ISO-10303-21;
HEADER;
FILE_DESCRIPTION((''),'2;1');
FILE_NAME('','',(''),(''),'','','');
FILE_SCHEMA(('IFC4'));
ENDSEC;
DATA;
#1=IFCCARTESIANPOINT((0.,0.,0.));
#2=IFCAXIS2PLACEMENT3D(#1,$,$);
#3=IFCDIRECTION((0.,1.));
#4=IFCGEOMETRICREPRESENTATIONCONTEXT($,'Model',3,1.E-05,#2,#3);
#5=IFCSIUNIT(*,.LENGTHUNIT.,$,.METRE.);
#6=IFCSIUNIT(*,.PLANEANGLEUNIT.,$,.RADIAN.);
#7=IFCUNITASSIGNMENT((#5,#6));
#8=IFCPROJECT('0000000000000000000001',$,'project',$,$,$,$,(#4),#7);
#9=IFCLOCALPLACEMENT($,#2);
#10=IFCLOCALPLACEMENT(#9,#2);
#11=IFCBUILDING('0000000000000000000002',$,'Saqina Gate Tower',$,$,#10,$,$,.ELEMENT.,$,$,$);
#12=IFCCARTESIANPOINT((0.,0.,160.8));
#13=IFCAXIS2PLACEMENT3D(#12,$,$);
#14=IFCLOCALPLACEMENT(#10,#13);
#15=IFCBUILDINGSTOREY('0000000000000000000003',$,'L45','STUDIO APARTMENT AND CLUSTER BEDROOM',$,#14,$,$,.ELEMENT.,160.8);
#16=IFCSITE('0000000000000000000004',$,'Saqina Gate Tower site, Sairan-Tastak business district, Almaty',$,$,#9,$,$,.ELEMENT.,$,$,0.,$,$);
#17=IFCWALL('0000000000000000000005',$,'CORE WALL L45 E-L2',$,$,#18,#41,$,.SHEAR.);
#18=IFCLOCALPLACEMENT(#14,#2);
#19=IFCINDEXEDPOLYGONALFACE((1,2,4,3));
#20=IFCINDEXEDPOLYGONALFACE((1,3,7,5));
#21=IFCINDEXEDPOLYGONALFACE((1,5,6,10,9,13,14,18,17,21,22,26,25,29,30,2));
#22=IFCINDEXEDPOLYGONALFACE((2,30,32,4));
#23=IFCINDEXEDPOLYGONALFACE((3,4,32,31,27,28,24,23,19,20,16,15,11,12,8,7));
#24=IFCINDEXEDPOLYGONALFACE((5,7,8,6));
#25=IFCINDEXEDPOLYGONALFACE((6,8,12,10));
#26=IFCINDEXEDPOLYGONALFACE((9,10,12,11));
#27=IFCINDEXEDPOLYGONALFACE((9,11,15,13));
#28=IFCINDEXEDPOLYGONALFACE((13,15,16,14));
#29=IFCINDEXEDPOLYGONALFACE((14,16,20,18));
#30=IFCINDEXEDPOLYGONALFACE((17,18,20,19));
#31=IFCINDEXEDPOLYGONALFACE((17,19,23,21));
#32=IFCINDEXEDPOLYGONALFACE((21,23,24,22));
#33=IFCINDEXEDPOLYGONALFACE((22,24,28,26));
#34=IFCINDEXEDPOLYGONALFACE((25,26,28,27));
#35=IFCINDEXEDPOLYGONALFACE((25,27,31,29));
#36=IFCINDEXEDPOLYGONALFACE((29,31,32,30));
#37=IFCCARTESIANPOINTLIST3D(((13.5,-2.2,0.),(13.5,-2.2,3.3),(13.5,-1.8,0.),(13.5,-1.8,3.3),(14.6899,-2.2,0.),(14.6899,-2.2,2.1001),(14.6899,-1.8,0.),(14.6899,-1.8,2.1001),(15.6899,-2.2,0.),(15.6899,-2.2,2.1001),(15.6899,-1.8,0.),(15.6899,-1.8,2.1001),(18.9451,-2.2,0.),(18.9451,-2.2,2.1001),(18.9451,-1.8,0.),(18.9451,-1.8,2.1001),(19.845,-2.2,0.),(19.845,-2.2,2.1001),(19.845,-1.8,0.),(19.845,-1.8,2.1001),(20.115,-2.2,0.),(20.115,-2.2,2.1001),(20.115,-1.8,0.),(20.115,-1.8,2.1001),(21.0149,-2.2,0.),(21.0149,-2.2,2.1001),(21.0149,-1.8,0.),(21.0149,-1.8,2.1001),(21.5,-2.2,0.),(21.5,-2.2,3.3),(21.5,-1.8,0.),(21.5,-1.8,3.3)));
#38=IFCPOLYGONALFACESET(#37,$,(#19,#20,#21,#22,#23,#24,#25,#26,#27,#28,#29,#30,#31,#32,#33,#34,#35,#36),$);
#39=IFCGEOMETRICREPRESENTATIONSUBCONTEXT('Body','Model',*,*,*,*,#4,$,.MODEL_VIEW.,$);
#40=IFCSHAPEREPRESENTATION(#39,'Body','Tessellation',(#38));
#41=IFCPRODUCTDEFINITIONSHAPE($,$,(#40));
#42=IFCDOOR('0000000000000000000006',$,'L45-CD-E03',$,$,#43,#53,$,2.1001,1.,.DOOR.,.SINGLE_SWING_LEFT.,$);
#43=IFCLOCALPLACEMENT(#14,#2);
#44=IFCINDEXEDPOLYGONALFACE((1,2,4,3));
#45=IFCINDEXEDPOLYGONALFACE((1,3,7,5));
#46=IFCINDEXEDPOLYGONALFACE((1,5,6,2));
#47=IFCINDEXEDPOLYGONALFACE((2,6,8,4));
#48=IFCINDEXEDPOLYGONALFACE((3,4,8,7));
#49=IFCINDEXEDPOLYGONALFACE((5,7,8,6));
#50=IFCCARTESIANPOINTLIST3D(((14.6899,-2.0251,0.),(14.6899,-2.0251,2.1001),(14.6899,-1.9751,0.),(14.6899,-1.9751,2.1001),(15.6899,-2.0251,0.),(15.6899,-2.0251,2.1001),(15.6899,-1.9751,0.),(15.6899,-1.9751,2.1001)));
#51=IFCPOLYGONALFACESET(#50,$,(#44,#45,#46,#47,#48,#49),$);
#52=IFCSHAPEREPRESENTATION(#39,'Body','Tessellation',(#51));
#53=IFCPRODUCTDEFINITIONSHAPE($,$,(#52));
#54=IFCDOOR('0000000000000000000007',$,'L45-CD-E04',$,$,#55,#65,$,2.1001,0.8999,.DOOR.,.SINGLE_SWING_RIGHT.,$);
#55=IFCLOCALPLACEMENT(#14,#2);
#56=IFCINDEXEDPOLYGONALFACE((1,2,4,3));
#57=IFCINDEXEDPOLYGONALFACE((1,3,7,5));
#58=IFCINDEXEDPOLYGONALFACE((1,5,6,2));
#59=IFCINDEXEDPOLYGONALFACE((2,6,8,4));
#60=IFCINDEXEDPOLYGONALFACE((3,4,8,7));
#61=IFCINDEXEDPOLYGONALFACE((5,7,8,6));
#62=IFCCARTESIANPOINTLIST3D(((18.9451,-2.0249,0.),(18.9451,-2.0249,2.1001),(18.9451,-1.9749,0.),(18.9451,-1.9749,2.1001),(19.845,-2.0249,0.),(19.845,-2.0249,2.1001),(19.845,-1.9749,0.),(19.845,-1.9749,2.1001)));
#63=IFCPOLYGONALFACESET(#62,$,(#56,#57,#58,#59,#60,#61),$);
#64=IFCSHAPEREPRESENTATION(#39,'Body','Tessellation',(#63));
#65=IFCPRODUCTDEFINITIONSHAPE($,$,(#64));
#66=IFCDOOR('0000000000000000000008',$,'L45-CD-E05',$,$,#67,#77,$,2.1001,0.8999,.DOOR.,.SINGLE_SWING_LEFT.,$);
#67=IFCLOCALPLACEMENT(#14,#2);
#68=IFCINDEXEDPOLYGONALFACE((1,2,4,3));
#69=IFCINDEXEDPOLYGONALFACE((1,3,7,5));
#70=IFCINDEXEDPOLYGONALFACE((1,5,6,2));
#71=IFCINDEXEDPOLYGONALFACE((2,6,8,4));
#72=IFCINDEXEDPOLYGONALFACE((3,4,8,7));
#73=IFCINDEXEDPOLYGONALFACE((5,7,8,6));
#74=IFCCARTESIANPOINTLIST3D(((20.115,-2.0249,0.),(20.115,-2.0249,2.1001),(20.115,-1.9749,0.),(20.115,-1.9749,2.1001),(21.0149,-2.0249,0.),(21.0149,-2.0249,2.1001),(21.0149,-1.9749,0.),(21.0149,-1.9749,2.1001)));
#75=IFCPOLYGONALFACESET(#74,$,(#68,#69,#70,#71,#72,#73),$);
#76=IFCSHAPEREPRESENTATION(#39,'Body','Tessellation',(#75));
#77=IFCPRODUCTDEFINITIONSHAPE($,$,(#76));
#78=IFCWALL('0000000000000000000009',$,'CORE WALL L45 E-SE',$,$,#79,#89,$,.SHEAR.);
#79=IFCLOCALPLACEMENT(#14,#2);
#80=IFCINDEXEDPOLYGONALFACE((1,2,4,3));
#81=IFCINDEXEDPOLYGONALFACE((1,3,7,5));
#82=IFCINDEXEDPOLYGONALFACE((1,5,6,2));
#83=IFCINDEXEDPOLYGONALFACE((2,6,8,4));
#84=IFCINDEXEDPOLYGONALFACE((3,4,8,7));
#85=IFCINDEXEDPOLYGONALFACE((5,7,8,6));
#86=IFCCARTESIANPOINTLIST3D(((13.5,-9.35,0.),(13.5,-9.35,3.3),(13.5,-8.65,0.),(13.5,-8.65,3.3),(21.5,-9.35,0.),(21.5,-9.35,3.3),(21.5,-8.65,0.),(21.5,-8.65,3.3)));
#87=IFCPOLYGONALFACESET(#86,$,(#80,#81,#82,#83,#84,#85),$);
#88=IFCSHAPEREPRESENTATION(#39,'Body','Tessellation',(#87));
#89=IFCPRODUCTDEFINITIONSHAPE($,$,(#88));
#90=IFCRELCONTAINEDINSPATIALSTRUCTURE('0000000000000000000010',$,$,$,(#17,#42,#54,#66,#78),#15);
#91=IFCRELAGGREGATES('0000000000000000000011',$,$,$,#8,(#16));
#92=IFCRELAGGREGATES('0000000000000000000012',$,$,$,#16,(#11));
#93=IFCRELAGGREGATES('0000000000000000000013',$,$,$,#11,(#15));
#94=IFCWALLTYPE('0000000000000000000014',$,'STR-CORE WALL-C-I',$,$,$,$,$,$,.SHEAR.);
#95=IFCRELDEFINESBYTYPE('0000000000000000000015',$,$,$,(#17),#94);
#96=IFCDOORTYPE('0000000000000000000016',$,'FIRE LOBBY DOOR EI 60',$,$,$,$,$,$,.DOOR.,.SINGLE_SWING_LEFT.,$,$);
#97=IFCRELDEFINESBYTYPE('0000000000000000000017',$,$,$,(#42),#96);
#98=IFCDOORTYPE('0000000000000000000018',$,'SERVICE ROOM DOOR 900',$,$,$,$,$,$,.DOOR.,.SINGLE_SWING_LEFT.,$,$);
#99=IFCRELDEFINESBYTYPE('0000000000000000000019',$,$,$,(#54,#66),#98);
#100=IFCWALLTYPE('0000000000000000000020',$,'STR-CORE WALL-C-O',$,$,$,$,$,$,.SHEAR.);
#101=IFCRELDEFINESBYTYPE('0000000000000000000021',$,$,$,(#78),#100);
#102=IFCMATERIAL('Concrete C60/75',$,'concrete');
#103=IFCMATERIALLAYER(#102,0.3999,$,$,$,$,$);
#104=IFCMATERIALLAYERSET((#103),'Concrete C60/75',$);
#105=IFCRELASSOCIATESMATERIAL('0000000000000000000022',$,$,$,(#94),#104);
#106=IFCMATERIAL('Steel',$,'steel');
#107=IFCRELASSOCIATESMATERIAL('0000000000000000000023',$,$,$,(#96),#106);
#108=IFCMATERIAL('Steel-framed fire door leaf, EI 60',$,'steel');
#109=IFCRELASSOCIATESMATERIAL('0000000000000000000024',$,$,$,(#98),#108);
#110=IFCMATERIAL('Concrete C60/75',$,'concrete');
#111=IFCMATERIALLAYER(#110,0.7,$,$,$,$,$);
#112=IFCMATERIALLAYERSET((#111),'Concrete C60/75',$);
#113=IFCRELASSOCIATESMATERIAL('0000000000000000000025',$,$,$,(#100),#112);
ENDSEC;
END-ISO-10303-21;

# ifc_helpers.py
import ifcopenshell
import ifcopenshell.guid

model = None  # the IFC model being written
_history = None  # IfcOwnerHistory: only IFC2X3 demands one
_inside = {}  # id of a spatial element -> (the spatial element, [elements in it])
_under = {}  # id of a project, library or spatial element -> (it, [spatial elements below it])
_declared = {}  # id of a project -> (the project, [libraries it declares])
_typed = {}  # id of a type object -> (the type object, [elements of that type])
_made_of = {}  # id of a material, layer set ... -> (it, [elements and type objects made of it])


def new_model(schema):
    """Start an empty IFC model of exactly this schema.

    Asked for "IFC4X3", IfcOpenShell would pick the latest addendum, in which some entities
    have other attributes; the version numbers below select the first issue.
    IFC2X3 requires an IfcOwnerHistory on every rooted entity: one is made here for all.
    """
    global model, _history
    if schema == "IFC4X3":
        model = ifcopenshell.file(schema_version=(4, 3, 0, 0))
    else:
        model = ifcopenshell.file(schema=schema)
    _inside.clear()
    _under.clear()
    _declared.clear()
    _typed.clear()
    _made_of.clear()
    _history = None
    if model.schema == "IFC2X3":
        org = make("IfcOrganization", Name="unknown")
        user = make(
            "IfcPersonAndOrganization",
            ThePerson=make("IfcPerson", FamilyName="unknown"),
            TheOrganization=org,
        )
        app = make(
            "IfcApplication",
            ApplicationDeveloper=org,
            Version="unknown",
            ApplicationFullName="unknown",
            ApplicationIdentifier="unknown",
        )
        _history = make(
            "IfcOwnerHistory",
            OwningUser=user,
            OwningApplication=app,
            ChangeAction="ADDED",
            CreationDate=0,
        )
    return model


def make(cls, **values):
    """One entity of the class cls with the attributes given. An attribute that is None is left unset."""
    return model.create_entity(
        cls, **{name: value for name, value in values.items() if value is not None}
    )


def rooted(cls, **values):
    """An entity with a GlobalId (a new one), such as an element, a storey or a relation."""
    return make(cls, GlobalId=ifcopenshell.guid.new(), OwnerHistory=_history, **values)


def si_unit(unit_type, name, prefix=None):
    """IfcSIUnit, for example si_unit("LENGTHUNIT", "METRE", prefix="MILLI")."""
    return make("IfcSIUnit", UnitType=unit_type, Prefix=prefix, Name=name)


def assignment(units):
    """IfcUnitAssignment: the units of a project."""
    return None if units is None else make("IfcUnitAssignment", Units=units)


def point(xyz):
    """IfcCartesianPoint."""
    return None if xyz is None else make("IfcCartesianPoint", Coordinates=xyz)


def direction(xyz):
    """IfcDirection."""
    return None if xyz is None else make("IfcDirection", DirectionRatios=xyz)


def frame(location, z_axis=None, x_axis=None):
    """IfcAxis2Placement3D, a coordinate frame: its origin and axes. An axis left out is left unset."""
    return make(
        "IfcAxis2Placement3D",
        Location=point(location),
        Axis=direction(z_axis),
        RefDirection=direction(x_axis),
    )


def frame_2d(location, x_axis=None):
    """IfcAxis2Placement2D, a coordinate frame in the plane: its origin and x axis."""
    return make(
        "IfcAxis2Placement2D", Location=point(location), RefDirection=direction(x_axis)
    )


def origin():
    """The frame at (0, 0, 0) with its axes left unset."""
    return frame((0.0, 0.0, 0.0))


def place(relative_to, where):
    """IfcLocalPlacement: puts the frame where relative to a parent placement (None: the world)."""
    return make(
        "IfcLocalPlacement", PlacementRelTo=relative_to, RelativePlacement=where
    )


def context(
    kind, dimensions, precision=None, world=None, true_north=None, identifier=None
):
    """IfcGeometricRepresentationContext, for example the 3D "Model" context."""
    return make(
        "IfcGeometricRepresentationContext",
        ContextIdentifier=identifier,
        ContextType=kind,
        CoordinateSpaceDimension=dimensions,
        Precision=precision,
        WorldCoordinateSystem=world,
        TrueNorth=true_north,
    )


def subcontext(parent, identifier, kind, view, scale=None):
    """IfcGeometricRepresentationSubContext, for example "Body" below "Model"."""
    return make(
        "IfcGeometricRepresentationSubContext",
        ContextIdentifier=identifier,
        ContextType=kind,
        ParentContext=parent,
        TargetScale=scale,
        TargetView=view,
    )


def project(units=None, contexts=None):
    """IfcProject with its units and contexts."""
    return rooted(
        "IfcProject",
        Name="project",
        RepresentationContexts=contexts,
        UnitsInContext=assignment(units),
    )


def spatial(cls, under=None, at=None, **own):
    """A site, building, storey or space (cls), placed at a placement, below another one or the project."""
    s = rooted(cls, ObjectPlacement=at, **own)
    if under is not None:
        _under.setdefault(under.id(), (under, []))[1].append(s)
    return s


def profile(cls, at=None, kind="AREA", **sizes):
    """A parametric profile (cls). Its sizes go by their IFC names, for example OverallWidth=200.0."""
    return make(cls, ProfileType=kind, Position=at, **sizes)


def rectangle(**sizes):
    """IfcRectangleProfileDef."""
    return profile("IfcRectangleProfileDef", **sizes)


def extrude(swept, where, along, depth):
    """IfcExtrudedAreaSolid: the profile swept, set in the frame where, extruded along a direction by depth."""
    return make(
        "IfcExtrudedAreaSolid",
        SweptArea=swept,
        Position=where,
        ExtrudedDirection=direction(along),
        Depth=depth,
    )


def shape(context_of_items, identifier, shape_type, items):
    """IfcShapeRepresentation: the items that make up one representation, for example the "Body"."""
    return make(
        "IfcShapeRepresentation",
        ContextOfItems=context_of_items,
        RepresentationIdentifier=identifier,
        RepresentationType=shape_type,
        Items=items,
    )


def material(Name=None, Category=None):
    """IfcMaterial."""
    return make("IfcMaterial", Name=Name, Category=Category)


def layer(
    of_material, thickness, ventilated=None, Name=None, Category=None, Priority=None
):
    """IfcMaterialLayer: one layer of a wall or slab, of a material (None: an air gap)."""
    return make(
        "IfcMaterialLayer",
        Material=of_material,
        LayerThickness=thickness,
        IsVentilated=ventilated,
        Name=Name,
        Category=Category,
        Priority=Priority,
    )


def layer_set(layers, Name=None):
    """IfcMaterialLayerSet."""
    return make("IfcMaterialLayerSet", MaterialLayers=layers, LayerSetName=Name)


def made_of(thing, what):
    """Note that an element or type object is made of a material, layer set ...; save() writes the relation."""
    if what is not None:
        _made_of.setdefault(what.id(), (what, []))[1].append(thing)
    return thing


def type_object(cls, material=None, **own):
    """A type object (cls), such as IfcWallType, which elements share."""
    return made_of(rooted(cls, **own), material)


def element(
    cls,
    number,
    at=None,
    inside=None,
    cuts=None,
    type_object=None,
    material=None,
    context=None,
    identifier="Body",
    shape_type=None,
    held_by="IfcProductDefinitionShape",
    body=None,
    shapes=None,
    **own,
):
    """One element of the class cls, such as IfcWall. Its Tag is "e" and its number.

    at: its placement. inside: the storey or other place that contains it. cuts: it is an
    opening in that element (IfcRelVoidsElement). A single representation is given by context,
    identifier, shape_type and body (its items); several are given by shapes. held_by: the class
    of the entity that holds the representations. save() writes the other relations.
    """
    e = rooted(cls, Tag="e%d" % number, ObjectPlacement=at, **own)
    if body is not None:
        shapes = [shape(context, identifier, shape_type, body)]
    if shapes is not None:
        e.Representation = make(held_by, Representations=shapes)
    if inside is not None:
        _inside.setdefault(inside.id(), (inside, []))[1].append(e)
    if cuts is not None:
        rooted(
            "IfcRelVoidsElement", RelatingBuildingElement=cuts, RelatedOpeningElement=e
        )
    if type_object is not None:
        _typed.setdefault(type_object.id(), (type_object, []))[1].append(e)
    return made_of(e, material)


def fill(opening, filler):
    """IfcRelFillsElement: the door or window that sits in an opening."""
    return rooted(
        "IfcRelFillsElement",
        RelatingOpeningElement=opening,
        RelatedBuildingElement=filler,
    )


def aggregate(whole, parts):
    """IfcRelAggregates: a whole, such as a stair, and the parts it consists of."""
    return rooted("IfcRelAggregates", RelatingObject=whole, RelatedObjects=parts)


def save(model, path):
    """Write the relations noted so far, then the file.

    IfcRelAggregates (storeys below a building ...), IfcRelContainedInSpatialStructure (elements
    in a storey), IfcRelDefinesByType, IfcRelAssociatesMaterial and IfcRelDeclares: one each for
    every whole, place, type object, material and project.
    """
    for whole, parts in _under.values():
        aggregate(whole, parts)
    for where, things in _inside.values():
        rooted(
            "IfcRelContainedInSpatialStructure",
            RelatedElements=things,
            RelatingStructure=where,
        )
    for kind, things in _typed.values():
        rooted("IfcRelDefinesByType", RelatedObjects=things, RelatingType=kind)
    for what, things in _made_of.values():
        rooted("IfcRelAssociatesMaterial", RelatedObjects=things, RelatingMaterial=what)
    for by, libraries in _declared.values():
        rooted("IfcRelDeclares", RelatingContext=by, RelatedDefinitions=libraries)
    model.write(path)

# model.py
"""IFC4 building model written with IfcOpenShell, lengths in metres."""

from ifc_helpers import new_model, si_unit, direction, frame, frame_2d, origin, place, context, subcontext, project, spatial, rectangle, extrude, material, layer, layer_set, type_object, element, fill, save


model = new_model("IFC4")

# Units and contexts
model_context = context("Model", 3, precision=1e-05, world=origin(), true_north=direction((0.0, 1.0)))
body_context = subcontext(model_context, "Body", "Model", "MODEL_VIEW")
ifc_project = project(units=[si_unit("LENGTHUNIT", "METRE"), si_unit("PLANEANGLEUNIT", "RADIAN")], contexts=[model_context])

# Site, building, storey
site_placement = place(None, origin())
site = spatial("IfcSite", under=ifc_project, at=site_placement, Name="Saqina Gate Tower site, Sairan-Tastak business district, Almaty", CompositionType="ELEMENT", RefElevation=0.0)
building_placement = place(site_placement, origin())
building = spatial("IfcBuilding", under=site, at=building_placement, Name="Saqina Gate Tower", CompositionType="ELEMENT")
storey_placement = place(building_placement, frame((0.0, 0.0, 160.8)))
storey = spatial("IfcBuildingStorey", under=building, at=storey_placement, Name="L45", Description="STUDIO APARTMENT AND CLUSTER BEDROOM", CompositionType="ELEMENT", Elevation=160.8)

# Shared definitions
ifc_material_1 = material(Name="Concrete C60/75", Category="concrete")
ifc_layer_1 = layer(ifc_material_1, 0.3999)
ifc_layer_set_1 = layer_set([ifc_layer_1], Name="Concrete C60/75")
wall_type_1 = type_object("IfcWallType", Name="STR-CORE WALL-C-I", PredefinedType="SHEAR", material=ifc_layer_set_1)

# Wall, openings, doors
wall_1_placement = place(storey_placement, frame((13.5, -2.0, 0.0), z_axis=(0.0, 0.0, 1.0), x_axis=(1.0, 0.0, 0.0)))
wall_1 = element("IfcWall", 1, at=wall_1_placement, inside=storey, type_object=wall_type_1, Name="CORE WALL L45 E-L2", PredefinedType="SHEAR", context=body_context, shape_type="SweptSolid", body=[
    extrude(rectangle(XDim=8.0, YDim=0.3999, at=frame_2d((4.0, 0.0))), origin(), (0.0, 0.0, 1.0), 3.3),
])
opening_1_placement = place(wall_1_placement, frame((1.1899, 0.0, 0.0)))
opening_1 = element("IfcOpeningElement", 2, at=opening_1_placement, cuts=wall_1, PredefinedType="OPENING", context=body_context, shape_type="SweptSolid", body=[
    extrude(rectangle(XDim=1.0, YDim=2.1001, at=frame_2d((0.5, 1.05))), frame((0.0, 0.2119, 0.0), z_axis=(0.0, -1.0, 0.0), x_axis=(1.0, 0.0, 0.0)), (0.0, 0.0, 1.0), 0.4238),
])
opening_2_placement = place(wall_1_placement, frame((5.4451, 0.0, 0.0)))
opening_2 = element("IfcOpeningElement", 3, at=opening_2_placement, cuts=wall_1, PredefinedType="OPENING", context=body_context, shape_type="SweptSolid", body=[
    extrude(rectangle(XDim=0.8999, YDim=2.1001, at=frame_2d((0.45, 1.05))), frame((0.0, 0.2119, 0.0), z_axis=(0.0, -1.0, 0.0), x_axis=(1.0, 0.0, 0.0)), (0.0, 0.0, 1.0), 0.4238),
])
opening_3_placement = place(wall_1_placement, frame((6.615, 0.0, 0.0)))
opening_3 = element("IfcOpeningElement", 4, at=opening_3_placement, cuts=wall_1, PredefinedType="OPENING", context=body_context, shape_type="SweptSolid", body=[
    extrude(rectangle(XDim=0.8999, YDim=2.1001, at=frame_2d((0.45, 1.05))), frame((0.0, 0.2119, 0.0), z_axis=(0.0, -1.0, 0.0), x_axis=(1.0, 0.0, 0.0)), (0.0, 0.0, 1.0), 0.4238),
])
ifc_material_2 = material(Name="Steel", Category="steel")
door_type_1 = type_object("IfcDoorType", Name="FIRE LOBBY DOOR EI 60", OperationType="SINGLE_SWING_LEFT", PredefinedType="DOOR", material=ifc_material_2)
door_1_placement = place(opening_1_placement, origin())
door_1 = element("IfcDoor", 5, at=door_1_placement, inside=storey, type_object=door_type_1, Name="L45-CD-E03", OperationType="SINGLE_SWING_LEFT", OverallHeight=2.1001, OverallWidth=1.0, PredefinedType="DOOR", context=body_context, shape_type="SweptSolid", body=[
    extrude(rectangle(XDim=1.0, YDim=2.1001, at=frame_2d((0.5, 1.05))), frame((0.0, 0.0249, 0.0), z_axis=(0.0, -1.0, 0.0), x_axis=(1.0, 0.0, 0.0)), (0.0, 0.0, 1.0), 0.05),
])
fill(opening_1, door_1)
ifc_material_3 = material(Name="Steel-framed fire door leaf, EI 60", Category="steel")
door_type_2 = type_object("IfcDoorType", Name="SERVICE ROOM DOOR 900", OperationType="SINGLE_SWING_LEFT", PredefinedType="DOOR", material=ifc_material_3)
door_2_placement = place(opening_2_placement, frame((0.8999, 0.0, 0.0), z_axis=(0.0, 0.0, 1.0), x_axis=(-1.0, 0.0, 0.0)))
door_2 = element("IfcDoor", 6, at=door_2_placement, inside=storey, type_object=door_type_2, Name="L45-CD-E04", OperationType="SINGLE_SWING_RIGHT", OverallHeight=2.1001, OverallWidth=0.8999, PredefinedType="DOOR", context=body_context, shape_type="SweptSolid", body=[
    extrude(rectangle(XDim=0.8999, YDim=2.1001, at=frame_2d((0.45, 1.05))), frame((0.0, 0.0249, 0.0), z_axis=(0.0, -1.0, 0.0), x_axis=(1.0, 0.0, 0.0)), (0.0, 0.0, 1.0), 0.05),
])
fill(opening_2, door_2)
door_3_placement = place(opening_3_placement, frame((0.8999, 0.0, 0.0), z_axis=(0.0, 0.0, 1.0), x_axis=(-1.0, 0.0, 0.0)))
door_3 = element("IfcDoor", 7, at=door_3_placement, inside=storey, type_object=door_type_2, Name="L45-CD-E05", OperationType="SINGLE_SWING_LEFT", OverallHeight=2.1001, OverallWidth=0.8999, PredefinedType="DOOR", context=body_context, shape_type="SweptSolid", body=[
    extrude(rectangle(XDim=0.8999, YDim=2.1001, at=frame_2d((0.45, 1.05))), frame((0.0, 0.0249, 0.0), z_axis=(0.0, -1.0, 0.0), x_axis=(1.0, 0.0, 0.0)), (0.0, 0.0, 1.0), 0.05),
])
fill(opening_3, door_3)
ifc_material_4 = material(Name="Concrete C60/75", Category="concrete")
ifc_layer_2 = layer(ifc_material_4, 0.7)
ifc_layer_set_2 = layer_set([ifc_layer_2], Name="Concrete C60/75")
wall_type_2 = type_object("IfcWallType", Name="STR-CORE WALL-C-O", PredefinedType="SHEAR", material=ifc_layer_set_2)

# Wall
wall_2_placement = place(storey_placement, frame((13.5, -9.0, 0.0), z_axis=(0.0, 0.0, 1.0), x_axis=(1.0, 0.0, 0.0)))
element("IfcWall", 8, at=wall_2_placement, inside=storey, type_object=wall_type_2, Name="CORE WALL L45 E-SE", PredefinedType="SHEAR", context=body_context, shape_type="SweptSolid", body=[
    extrude(rectangle(XDim=8.0, YDim=0.7, at=frame_2d((4.0, 0.0))), origin(), (0.0, 0.0, 1.0), 3.3),
])

save(model, "model.ifc")
